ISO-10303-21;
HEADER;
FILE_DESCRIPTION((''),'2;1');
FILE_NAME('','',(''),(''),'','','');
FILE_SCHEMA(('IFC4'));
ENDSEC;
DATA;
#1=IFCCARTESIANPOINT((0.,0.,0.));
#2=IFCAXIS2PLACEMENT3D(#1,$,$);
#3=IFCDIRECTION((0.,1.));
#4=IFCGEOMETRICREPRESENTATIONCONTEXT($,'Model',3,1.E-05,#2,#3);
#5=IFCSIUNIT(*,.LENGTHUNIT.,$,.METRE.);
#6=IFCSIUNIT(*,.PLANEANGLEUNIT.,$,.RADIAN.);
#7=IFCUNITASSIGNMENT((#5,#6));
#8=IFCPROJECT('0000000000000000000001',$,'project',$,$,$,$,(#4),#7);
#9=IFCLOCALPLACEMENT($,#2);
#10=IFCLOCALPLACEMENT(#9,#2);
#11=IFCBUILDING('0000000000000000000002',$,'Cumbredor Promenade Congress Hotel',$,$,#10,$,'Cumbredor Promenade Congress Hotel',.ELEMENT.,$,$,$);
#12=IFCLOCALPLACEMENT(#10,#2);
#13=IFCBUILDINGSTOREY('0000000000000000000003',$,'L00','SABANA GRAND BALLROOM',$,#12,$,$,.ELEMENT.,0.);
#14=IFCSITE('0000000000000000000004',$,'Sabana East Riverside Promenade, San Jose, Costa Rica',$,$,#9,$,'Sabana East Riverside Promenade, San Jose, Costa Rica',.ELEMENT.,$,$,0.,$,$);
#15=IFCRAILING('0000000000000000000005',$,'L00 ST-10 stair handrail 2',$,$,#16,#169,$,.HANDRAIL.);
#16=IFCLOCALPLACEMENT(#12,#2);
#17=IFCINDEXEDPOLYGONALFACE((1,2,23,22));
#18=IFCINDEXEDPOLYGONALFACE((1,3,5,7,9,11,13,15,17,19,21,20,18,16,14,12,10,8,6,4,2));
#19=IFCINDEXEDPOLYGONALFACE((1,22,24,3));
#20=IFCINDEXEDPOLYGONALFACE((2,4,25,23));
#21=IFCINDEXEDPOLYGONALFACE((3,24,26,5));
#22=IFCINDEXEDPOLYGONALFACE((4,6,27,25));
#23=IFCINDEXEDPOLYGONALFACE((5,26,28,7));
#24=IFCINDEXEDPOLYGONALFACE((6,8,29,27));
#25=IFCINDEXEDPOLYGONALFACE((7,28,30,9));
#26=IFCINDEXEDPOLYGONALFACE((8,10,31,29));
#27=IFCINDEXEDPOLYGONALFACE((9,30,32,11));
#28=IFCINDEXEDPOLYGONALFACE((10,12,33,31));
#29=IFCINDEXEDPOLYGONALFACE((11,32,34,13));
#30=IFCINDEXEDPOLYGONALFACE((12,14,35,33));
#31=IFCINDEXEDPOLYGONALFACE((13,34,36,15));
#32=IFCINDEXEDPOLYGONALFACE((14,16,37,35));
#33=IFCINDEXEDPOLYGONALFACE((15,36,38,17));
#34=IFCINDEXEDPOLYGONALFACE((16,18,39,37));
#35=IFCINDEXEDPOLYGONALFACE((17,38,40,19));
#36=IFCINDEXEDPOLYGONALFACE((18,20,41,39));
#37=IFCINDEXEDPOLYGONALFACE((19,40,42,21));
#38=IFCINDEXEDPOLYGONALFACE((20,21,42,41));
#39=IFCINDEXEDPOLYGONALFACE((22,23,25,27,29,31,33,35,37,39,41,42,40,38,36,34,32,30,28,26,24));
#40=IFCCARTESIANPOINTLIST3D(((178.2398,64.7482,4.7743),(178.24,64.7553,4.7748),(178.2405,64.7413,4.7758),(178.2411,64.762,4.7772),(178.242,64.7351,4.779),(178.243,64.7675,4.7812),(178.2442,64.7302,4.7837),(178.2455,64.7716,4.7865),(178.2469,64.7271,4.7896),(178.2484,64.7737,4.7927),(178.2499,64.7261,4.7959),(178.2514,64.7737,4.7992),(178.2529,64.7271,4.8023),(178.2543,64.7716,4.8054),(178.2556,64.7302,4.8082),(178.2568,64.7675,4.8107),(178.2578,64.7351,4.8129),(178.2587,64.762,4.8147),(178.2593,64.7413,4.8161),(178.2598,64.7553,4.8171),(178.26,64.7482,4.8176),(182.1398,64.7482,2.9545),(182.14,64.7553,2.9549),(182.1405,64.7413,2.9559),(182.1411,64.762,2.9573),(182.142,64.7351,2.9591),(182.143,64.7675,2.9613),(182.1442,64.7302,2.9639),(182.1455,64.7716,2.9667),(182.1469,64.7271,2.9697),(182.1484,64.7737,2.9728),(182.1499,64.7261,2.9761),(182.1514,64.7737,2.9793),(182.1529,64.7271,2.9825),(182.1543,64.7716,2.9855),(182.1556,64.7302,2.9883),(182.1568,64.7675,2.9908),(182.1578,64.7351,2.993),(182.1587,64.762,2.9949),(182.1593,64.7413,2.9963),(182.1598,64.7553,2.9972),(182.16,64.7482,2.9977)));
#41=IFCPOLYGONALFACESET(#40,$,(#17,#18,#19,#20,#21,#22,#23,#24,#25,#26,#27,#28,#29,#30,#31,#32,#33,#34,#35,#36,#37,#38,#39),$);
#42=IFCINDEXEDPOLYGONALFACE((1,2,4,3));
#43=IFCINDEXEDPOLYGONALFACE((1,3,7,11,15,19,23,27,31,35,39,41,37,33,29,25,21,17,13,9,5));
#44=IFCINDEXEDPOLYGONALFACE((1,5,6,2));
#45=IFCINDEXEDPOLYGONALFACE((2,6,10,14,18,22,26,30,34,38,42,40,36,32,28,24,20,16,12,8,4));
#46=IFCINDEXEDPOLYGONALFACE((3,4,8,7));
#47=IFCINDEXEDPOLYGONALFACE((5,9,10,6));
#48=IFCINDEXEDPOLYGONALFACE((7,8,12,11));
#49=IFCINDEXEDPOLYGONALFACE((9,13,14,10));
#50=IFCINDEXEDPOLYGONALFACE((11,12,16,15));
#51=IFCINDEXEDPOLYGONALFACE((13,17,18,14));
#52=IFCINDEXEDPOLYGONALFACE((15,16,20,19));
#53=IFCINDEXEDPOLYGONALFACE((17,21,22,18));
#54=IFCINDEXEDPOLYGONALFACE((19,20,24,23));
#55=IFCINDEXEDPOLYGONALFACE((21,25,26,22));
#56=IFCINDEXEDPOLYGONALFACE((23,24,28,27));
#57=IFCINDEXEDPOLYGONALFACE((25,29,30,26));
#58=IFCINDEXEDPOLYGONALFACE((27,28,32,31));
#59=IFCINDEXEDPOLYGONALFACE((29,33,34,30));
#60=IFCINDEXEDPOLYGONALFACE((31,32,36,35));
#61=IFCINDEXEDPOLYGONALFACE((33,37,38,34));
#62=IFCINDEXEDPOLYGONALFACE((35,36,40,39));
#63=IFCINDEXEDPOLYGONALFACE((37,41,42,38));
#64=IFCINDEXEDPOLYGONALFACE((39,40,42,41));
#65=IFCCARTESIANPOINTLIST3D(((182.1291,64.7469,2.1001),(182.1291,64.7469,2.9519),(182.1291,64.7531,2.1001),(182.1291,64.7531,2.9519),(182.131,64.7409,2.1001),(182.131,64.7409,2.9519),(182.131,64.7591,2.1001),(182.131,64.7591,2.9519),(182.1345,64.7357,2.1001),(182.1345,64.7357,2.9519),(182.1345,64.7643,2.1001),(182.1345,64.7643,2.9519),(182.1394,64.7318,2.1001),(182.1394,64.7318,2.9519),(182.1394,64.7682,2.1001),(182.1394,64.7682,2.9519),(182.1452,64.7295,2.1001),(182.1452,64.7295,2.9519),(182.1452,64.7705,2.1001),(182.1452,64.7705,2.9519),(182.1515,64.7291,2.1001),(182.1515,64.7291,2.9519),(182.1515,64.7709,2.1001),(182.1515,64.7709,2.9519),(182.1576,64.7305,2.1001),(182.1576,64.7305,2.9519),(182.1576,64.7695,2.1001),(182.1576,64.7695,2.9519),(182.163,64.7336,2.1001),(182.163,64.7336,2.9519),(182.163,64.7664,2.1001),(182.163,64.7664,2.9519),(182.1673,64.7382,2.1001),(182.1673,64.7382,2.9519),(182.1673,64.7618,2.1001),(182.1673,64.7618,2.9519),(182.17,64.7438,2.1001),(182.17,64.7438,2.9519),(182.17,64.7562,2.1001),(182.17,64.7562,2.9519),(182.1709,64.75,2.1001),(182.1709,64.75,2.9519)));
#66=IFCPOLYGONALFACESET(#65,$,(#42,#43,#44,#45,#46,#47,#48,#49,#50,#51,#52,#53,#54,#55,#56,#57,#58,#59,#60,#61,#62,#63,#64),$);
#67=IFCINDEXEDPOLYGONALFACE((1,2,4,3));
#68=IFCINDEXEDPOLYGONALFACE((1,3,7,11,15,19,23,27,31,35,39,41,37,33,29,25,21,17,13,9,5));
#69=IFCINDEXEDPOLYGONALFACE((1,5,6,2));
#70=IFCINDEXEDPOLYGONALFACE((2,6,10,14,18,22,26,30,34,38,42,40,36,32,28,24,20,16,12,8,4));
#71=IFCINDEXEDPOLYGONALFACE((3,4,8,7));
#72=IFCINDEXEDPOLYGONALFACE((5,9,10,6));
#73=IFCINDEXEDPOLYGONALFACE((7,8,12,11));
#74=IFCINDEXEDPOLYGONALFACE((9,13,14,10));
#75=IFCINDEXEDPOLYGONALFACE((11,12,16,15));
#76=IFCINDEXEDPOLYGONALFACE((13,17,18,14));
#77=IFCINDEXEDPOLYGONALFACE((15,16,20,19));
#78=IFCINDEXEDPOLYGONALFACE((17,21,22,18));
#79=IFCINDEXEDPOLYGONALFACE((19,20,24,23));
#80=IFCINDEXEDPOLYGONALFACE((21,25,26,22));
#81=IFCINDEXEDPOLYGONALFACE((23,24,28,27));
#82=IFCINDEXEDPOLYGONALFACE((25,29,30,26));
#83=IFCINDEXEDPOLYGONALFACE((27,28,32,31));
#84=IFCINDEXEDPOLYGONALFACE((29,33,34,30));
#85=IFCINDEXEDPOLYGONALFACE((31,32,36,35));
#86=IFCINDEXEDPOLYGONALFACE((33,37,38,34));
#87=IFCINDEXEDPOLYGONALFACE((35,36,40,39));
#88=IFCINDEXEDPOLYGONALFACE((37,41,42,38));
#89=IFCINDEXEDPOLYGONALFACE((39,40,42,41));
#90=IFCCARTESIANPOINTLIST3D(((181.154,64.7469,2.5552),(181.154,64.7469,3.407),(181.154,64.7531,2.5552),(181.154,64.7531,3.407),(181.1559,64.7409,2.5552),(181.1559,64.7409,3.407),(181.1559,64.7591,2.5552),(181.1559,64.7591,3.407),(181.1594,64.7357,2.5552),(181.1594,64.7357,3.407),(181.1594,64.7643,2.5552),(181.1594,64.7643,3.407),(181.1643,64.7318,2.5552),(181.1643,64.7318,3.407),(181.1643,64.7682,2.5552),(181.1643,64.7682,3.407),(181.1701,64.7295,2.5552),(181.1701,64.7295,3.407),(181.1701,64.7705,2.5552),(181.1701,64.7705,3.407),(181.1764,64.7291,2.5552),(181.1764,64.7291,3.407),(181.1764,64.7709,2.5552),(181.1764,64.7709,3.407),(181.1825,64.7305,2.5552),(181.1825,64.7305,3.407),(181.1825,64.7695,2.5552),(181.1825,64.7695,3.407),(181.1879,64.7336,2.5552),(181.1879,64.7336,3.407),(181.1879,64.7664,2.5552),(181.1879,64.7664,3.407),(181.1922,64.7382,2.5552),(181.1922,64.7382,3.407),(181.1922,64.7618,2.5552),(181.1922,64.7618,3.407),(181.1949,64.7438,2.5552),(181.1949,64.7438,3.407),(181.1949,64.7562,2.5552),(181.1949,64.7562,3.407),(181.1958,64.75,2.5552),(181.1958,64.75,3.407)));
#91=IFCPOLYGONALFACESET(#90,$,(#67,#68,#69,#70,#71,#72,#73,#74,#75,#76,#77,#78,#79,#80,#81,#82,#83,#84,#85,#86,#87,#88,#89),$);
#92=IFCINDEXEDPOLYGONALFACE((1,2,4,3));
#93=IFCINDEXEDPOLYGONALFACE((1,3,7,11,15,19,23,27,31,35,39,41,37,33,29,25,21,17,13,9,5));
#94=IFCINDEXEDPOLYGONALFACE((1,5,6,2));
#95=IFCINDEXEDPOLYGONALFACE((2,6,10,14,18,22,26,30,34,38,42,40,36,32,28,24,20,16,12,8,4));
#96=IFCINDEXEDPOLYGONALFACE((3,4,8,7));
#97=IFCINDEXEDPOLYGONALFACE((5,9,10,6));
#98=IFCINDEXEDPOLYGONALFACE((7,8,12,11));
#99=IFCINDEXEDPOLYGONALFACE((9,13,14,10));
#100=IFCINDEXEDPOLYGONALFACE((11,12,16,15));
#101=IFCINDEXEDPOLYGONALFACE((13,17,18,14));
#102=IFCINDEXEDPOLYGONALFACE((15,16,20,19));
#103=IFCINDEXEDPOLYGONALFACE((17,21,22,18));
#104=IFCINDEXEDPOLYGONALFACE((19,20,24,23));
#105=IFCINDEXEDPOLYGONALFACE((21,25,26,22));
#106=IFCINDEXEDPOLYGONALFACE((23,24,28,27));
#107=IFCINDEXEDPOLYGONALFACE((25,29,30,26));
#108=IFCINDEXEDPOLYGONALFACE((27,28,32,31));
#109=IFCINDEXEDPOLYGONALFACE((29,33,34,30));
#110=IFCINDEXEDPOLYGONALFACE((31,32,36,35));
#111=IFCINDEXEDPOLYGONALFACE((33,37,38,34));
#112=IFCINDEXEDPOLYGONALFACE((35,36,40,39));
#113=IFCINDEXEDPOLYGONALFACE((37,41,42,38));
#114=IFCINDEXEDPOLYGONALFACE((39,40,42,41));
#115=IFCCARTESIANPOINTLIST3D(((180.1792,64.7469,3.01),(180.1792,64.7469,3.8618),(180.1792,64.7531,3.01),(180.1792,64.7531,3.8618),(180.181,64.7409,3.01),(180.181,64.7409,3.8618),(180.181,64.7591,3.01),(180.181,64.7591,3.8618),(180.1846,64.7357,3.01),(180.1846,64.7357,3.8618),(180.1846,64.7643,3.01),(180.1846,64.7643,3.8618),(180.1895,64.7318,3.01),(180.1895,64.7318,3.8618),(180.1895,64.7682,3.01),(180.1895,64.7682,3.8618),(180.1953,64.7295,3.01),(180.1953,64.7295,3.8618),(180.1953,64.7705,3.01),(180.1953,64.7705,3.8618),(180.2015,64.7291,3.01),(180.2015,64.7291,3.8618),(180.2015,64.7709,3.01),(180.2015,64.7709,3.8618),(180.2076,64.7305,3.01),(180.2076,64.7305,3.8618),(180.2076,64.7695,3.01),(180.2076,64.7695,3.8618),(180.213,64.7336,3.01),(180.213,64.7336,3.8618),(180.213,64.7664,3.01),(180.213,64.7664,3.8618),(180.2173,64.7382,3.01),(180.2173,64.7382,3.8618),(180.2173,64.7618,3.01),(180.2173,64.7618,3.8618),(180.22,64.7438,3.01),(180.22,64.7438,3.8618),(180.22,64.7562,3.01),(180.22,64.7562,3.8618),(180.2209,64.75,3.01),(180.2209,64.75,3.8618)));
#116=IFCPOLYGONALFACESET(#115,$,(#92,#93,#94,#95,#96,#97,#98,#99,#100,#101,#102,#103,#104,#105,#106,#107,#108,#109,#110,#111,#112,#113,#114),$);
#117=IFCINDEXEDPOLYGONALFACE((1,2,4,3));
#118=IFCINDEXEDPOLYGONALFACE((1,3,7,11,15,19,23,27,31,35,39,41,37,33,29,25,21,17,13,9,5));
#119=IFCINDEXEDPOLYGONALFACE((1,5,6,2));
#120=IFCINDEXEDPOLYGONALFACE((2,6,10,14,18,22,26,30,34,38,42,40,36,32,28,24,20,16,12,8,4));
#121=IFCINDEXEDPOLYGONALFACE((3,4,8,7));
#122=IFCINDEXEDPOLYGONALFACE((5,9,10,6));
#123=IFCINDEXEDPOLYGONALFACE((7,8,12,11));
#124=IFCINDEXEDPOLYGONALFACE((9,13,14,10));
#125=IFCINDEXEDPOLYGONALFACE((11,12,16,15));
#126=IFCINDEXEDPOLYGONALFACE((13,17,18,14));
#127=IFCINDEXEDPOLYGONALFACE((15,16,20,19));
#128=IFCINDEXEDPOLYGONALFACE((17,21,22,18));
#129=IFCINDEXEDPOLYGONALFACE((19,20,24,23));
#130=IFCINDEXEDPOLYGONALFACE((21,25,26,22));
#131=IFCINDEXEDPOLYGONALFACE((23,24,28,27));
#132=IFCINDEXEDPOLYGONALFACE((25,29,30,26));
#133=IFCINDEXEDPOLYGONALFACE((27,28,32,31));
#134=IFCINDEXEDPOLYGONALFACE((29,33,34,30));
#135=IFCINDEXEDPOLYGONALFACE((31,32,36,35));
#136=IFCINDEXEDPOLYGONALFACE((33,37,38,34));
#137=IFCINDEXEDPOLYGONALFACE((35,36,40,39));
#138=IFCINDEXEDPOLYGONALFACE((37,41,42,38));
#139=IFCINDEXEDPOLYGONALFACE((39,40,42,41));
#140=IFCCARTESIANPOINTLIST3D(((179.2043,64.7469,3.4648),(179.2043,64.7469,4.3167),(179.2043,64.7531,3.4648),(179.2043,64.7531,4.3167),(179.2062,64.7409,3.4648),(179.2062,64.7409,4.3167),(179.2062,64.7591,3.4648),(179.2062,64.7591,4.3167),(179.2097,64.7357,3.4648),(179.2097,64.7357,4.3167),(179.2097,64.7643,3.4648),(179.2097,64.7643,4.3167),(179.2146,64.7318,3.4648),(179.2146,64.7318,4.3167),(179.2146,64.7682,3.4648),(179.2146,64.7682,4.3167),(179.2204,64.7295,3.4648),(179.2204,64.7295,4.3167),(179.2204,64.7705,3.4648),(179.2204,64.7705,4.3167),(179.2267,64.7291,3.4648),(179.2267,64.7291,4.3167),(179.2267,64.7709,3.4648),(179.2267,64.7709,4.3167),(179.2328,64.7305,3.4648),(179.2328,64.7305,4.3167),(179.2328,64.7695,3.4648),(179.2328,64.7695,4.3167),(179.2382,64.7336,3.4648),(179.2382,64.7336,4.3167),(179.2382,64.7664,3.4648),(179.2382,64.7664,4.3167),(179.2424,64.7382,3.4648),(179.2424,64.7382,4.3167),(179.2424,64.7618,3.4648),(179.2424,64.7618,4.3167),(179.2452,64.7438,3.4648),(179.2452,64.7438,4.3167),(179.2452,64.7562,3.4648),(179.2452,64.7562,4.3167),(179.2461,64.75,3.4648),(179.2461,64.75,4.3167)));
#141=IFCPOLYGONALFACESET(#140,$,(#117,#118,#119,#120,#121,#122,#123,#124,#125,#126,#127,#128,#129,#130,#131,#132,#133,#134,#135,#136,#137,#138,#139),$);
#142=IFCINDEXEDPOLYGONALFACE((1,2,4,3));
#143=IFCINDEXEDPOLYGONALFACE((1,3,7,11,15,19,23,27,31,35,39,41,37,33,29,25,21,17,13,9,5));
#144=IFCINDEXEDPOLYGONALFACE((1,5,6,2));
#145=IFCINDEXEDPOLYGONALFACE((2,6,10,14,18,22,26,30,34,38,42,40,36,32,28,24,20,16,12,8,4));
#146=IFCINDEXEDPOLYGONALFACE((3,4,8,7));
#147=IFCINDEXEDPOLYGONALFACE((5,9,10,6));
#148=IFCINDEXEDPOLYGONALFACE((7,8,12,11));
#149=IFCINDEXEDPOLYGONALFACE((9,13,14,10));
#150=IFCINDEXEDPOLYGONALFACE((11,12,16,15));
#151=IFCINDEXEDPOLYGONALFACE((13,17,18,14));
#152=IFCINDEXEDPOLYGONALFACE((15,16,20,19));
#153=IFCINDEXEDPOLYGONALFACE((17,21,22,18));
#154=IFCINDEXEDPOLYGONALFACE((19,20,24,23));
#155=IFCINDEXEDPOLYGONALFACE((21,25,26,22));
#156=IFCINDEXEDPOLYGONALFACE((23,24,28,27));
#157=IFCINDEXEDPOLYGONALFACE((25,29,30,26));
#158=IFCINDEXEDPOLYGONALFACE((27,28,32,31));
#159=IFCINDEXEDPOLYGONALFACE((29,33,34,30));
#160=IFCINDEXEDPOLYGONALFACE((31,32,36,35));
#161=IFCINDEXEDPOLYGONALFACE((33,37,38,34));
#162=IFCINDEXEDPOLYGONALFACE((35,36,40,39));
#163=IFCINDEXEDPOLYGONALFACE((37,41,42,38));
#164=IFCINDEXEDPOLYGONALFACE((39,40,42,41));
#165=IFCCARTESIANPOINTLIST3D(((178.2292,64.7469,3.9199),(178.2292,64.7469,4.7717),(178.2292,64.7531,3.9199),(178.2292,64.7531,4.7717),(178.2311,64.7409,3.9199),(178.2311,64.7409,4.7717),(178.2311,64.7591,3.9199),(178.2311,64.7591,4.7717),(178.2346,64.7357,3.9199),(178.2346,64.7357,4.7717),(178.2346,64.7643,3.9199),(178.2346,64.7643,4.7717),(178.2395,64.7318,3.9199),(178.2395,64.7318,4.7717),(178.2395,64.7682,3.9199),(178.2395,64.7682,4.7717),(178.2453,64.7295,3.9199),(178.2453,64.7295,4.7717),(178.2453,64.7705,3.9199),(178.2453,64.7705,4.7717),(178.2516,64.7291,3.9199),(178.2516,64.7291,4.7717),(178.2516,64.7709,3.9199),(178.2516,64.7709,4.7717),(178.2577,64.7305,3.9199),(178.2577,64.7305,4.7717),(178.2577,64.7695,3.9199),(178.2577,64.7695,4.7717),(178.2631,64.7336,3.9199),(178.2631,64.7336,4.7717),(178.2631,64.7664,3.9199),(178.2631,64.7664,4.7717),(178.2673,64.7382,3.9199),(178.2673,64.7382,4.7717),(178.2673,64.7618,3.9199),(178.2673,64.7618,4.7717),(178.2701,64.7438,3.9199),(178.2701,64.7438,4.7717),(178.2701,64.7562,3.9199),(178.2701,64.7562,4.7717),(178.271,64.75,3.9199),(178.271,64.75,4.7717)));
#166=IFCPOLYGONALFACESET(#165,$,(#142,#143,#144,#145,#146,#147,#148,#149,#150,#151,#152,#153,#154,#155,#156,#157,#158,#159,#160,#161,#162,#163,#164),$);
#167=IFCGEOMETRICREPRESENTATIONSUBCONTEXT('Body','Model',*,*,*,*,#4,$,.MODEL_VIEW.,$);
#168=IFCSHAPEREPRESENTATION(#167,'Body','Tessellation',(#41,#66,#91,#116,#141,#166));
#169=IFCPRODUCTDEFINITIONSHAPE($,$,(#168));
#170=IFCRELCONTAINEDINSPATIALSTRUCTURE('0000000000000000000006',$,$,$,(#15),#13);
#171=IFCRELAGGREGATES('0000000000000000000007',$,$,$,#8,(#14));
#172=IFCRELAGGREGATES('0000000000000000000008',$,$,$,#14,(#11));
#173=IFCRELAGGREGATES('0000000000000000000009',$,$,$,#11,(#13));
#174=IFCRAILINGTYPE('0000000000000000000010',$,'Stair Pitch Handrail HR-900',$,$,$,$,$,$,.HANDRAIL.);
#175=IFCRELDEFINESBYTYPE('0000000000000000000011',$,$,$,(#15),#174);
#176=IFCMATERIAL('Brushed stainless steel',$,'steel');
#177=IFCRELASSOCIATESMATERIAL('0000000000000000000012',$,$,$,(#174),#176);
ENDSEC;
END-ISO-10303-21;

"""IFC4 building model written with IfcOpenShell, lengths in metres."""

from ifc_helpers import new_model, si_unit, direction, frame, origin, origin_2d, place, context, subcontext, project, spatial, circle, extrude, material, type_object, element, save


model = new_model("IFC4")

# Units and contexts
model_context = context("Model", 3, precision=1e-05, world=origin(), true_north=direction((0.0, 1.0)))
body_context = subcontext(model_context, "Body", "Model", "MODEL_VIEW")
ifc_project = project(units=[si_unit("LENGTHUNIT", "METRE"), si_unit("PLANEANGLEUNIT", "RADIAN")], contexts=[model_context])

# Site, building, storey
site_placement = place(None, origin())
site = spatial("IfcSite", under=ifc_project, at=site_placement, Name="Sabana East Riverside Promenade, San Jose, Costa Rica", LongName="Sabana East Riverside Promenade, San Jose, Costa Rica", CompositionType="ELEMENT", RefElevation=0.0)
building_placement = place(site_placement, origin())
building = spatial("IfcBuilding", under=site, at=building_placement, Name="Cumbredor Promenade Congress Hotel", LongName="Cumbredor Promenade Congress Hotel", CompositionType="ELEMENT")
storey_placement = place(building_placement, origin())
storey = spatial("IfcBuildingStorey", under=building, at=storey_placement, Name="L00", Description="SABANA GRAND BALLROOM", CompositionType="ELEMENT", Elevation=0.0)

# Railing
ifc_material_1 = material(Name="Brushed stainless steel", Category="steel")
railing_type_1 = type_object("IfcRailingType", Name="Stair Pitch Handrail HR-900", PredefinedType="HANDRAIL", material=ifc_material_1)
railing_1_placement = place(storey_placement, frame((182.1499, 64.75, 2.1001)))
element("IfcRailing", 1, at=railing_1_placement, inside=storey, type_object=railing_type_1, Name="L00 ST-10 stair handrail 2", PredefinedType="HANDRAIL", context=body_context, shape_type="SweptSolid", body=[
    extrude(circle(Radius=0.0239, at=origin_2d()), frame((0.0, 0.0, 0.876), z_axis=(-0.906195, 0.0, 0.422861), x_axis=(0.0, -1.0, 0.0)), (0.0, 0.0, 1.0), 4.3037),
    extrude(circle(Radius=0.021, at=origin_2d()), origin(), (0.0, 0.0, 1.0), 0.8518),
    extrude(circle(Radius=0.021, at=origin_2d()), frame((-0.9751, 0.0, 0.4551)), (0.0, 0.0, 1.0), 0.8518),
    extrude(circle(Radius=0.021, at=origin_2d()), frame((-1.95, 0.0, 0.9099)), (0.0, 0.0, 1.0), 0.8518),
    extrude(circle(Radius=0.021, at=origin_2d()), frame((-2.9248, 0.0, 1.3647)), (0.0, 0.0, 1.0), 0.8518),
    extrude(circle(Radius=0.021, at=origin_2d()), frame((-3.8999, 0.0, 1.8198)), (0.0, 0.0, 1.0), 0.8518),
])

save(model, "model.ifc")
